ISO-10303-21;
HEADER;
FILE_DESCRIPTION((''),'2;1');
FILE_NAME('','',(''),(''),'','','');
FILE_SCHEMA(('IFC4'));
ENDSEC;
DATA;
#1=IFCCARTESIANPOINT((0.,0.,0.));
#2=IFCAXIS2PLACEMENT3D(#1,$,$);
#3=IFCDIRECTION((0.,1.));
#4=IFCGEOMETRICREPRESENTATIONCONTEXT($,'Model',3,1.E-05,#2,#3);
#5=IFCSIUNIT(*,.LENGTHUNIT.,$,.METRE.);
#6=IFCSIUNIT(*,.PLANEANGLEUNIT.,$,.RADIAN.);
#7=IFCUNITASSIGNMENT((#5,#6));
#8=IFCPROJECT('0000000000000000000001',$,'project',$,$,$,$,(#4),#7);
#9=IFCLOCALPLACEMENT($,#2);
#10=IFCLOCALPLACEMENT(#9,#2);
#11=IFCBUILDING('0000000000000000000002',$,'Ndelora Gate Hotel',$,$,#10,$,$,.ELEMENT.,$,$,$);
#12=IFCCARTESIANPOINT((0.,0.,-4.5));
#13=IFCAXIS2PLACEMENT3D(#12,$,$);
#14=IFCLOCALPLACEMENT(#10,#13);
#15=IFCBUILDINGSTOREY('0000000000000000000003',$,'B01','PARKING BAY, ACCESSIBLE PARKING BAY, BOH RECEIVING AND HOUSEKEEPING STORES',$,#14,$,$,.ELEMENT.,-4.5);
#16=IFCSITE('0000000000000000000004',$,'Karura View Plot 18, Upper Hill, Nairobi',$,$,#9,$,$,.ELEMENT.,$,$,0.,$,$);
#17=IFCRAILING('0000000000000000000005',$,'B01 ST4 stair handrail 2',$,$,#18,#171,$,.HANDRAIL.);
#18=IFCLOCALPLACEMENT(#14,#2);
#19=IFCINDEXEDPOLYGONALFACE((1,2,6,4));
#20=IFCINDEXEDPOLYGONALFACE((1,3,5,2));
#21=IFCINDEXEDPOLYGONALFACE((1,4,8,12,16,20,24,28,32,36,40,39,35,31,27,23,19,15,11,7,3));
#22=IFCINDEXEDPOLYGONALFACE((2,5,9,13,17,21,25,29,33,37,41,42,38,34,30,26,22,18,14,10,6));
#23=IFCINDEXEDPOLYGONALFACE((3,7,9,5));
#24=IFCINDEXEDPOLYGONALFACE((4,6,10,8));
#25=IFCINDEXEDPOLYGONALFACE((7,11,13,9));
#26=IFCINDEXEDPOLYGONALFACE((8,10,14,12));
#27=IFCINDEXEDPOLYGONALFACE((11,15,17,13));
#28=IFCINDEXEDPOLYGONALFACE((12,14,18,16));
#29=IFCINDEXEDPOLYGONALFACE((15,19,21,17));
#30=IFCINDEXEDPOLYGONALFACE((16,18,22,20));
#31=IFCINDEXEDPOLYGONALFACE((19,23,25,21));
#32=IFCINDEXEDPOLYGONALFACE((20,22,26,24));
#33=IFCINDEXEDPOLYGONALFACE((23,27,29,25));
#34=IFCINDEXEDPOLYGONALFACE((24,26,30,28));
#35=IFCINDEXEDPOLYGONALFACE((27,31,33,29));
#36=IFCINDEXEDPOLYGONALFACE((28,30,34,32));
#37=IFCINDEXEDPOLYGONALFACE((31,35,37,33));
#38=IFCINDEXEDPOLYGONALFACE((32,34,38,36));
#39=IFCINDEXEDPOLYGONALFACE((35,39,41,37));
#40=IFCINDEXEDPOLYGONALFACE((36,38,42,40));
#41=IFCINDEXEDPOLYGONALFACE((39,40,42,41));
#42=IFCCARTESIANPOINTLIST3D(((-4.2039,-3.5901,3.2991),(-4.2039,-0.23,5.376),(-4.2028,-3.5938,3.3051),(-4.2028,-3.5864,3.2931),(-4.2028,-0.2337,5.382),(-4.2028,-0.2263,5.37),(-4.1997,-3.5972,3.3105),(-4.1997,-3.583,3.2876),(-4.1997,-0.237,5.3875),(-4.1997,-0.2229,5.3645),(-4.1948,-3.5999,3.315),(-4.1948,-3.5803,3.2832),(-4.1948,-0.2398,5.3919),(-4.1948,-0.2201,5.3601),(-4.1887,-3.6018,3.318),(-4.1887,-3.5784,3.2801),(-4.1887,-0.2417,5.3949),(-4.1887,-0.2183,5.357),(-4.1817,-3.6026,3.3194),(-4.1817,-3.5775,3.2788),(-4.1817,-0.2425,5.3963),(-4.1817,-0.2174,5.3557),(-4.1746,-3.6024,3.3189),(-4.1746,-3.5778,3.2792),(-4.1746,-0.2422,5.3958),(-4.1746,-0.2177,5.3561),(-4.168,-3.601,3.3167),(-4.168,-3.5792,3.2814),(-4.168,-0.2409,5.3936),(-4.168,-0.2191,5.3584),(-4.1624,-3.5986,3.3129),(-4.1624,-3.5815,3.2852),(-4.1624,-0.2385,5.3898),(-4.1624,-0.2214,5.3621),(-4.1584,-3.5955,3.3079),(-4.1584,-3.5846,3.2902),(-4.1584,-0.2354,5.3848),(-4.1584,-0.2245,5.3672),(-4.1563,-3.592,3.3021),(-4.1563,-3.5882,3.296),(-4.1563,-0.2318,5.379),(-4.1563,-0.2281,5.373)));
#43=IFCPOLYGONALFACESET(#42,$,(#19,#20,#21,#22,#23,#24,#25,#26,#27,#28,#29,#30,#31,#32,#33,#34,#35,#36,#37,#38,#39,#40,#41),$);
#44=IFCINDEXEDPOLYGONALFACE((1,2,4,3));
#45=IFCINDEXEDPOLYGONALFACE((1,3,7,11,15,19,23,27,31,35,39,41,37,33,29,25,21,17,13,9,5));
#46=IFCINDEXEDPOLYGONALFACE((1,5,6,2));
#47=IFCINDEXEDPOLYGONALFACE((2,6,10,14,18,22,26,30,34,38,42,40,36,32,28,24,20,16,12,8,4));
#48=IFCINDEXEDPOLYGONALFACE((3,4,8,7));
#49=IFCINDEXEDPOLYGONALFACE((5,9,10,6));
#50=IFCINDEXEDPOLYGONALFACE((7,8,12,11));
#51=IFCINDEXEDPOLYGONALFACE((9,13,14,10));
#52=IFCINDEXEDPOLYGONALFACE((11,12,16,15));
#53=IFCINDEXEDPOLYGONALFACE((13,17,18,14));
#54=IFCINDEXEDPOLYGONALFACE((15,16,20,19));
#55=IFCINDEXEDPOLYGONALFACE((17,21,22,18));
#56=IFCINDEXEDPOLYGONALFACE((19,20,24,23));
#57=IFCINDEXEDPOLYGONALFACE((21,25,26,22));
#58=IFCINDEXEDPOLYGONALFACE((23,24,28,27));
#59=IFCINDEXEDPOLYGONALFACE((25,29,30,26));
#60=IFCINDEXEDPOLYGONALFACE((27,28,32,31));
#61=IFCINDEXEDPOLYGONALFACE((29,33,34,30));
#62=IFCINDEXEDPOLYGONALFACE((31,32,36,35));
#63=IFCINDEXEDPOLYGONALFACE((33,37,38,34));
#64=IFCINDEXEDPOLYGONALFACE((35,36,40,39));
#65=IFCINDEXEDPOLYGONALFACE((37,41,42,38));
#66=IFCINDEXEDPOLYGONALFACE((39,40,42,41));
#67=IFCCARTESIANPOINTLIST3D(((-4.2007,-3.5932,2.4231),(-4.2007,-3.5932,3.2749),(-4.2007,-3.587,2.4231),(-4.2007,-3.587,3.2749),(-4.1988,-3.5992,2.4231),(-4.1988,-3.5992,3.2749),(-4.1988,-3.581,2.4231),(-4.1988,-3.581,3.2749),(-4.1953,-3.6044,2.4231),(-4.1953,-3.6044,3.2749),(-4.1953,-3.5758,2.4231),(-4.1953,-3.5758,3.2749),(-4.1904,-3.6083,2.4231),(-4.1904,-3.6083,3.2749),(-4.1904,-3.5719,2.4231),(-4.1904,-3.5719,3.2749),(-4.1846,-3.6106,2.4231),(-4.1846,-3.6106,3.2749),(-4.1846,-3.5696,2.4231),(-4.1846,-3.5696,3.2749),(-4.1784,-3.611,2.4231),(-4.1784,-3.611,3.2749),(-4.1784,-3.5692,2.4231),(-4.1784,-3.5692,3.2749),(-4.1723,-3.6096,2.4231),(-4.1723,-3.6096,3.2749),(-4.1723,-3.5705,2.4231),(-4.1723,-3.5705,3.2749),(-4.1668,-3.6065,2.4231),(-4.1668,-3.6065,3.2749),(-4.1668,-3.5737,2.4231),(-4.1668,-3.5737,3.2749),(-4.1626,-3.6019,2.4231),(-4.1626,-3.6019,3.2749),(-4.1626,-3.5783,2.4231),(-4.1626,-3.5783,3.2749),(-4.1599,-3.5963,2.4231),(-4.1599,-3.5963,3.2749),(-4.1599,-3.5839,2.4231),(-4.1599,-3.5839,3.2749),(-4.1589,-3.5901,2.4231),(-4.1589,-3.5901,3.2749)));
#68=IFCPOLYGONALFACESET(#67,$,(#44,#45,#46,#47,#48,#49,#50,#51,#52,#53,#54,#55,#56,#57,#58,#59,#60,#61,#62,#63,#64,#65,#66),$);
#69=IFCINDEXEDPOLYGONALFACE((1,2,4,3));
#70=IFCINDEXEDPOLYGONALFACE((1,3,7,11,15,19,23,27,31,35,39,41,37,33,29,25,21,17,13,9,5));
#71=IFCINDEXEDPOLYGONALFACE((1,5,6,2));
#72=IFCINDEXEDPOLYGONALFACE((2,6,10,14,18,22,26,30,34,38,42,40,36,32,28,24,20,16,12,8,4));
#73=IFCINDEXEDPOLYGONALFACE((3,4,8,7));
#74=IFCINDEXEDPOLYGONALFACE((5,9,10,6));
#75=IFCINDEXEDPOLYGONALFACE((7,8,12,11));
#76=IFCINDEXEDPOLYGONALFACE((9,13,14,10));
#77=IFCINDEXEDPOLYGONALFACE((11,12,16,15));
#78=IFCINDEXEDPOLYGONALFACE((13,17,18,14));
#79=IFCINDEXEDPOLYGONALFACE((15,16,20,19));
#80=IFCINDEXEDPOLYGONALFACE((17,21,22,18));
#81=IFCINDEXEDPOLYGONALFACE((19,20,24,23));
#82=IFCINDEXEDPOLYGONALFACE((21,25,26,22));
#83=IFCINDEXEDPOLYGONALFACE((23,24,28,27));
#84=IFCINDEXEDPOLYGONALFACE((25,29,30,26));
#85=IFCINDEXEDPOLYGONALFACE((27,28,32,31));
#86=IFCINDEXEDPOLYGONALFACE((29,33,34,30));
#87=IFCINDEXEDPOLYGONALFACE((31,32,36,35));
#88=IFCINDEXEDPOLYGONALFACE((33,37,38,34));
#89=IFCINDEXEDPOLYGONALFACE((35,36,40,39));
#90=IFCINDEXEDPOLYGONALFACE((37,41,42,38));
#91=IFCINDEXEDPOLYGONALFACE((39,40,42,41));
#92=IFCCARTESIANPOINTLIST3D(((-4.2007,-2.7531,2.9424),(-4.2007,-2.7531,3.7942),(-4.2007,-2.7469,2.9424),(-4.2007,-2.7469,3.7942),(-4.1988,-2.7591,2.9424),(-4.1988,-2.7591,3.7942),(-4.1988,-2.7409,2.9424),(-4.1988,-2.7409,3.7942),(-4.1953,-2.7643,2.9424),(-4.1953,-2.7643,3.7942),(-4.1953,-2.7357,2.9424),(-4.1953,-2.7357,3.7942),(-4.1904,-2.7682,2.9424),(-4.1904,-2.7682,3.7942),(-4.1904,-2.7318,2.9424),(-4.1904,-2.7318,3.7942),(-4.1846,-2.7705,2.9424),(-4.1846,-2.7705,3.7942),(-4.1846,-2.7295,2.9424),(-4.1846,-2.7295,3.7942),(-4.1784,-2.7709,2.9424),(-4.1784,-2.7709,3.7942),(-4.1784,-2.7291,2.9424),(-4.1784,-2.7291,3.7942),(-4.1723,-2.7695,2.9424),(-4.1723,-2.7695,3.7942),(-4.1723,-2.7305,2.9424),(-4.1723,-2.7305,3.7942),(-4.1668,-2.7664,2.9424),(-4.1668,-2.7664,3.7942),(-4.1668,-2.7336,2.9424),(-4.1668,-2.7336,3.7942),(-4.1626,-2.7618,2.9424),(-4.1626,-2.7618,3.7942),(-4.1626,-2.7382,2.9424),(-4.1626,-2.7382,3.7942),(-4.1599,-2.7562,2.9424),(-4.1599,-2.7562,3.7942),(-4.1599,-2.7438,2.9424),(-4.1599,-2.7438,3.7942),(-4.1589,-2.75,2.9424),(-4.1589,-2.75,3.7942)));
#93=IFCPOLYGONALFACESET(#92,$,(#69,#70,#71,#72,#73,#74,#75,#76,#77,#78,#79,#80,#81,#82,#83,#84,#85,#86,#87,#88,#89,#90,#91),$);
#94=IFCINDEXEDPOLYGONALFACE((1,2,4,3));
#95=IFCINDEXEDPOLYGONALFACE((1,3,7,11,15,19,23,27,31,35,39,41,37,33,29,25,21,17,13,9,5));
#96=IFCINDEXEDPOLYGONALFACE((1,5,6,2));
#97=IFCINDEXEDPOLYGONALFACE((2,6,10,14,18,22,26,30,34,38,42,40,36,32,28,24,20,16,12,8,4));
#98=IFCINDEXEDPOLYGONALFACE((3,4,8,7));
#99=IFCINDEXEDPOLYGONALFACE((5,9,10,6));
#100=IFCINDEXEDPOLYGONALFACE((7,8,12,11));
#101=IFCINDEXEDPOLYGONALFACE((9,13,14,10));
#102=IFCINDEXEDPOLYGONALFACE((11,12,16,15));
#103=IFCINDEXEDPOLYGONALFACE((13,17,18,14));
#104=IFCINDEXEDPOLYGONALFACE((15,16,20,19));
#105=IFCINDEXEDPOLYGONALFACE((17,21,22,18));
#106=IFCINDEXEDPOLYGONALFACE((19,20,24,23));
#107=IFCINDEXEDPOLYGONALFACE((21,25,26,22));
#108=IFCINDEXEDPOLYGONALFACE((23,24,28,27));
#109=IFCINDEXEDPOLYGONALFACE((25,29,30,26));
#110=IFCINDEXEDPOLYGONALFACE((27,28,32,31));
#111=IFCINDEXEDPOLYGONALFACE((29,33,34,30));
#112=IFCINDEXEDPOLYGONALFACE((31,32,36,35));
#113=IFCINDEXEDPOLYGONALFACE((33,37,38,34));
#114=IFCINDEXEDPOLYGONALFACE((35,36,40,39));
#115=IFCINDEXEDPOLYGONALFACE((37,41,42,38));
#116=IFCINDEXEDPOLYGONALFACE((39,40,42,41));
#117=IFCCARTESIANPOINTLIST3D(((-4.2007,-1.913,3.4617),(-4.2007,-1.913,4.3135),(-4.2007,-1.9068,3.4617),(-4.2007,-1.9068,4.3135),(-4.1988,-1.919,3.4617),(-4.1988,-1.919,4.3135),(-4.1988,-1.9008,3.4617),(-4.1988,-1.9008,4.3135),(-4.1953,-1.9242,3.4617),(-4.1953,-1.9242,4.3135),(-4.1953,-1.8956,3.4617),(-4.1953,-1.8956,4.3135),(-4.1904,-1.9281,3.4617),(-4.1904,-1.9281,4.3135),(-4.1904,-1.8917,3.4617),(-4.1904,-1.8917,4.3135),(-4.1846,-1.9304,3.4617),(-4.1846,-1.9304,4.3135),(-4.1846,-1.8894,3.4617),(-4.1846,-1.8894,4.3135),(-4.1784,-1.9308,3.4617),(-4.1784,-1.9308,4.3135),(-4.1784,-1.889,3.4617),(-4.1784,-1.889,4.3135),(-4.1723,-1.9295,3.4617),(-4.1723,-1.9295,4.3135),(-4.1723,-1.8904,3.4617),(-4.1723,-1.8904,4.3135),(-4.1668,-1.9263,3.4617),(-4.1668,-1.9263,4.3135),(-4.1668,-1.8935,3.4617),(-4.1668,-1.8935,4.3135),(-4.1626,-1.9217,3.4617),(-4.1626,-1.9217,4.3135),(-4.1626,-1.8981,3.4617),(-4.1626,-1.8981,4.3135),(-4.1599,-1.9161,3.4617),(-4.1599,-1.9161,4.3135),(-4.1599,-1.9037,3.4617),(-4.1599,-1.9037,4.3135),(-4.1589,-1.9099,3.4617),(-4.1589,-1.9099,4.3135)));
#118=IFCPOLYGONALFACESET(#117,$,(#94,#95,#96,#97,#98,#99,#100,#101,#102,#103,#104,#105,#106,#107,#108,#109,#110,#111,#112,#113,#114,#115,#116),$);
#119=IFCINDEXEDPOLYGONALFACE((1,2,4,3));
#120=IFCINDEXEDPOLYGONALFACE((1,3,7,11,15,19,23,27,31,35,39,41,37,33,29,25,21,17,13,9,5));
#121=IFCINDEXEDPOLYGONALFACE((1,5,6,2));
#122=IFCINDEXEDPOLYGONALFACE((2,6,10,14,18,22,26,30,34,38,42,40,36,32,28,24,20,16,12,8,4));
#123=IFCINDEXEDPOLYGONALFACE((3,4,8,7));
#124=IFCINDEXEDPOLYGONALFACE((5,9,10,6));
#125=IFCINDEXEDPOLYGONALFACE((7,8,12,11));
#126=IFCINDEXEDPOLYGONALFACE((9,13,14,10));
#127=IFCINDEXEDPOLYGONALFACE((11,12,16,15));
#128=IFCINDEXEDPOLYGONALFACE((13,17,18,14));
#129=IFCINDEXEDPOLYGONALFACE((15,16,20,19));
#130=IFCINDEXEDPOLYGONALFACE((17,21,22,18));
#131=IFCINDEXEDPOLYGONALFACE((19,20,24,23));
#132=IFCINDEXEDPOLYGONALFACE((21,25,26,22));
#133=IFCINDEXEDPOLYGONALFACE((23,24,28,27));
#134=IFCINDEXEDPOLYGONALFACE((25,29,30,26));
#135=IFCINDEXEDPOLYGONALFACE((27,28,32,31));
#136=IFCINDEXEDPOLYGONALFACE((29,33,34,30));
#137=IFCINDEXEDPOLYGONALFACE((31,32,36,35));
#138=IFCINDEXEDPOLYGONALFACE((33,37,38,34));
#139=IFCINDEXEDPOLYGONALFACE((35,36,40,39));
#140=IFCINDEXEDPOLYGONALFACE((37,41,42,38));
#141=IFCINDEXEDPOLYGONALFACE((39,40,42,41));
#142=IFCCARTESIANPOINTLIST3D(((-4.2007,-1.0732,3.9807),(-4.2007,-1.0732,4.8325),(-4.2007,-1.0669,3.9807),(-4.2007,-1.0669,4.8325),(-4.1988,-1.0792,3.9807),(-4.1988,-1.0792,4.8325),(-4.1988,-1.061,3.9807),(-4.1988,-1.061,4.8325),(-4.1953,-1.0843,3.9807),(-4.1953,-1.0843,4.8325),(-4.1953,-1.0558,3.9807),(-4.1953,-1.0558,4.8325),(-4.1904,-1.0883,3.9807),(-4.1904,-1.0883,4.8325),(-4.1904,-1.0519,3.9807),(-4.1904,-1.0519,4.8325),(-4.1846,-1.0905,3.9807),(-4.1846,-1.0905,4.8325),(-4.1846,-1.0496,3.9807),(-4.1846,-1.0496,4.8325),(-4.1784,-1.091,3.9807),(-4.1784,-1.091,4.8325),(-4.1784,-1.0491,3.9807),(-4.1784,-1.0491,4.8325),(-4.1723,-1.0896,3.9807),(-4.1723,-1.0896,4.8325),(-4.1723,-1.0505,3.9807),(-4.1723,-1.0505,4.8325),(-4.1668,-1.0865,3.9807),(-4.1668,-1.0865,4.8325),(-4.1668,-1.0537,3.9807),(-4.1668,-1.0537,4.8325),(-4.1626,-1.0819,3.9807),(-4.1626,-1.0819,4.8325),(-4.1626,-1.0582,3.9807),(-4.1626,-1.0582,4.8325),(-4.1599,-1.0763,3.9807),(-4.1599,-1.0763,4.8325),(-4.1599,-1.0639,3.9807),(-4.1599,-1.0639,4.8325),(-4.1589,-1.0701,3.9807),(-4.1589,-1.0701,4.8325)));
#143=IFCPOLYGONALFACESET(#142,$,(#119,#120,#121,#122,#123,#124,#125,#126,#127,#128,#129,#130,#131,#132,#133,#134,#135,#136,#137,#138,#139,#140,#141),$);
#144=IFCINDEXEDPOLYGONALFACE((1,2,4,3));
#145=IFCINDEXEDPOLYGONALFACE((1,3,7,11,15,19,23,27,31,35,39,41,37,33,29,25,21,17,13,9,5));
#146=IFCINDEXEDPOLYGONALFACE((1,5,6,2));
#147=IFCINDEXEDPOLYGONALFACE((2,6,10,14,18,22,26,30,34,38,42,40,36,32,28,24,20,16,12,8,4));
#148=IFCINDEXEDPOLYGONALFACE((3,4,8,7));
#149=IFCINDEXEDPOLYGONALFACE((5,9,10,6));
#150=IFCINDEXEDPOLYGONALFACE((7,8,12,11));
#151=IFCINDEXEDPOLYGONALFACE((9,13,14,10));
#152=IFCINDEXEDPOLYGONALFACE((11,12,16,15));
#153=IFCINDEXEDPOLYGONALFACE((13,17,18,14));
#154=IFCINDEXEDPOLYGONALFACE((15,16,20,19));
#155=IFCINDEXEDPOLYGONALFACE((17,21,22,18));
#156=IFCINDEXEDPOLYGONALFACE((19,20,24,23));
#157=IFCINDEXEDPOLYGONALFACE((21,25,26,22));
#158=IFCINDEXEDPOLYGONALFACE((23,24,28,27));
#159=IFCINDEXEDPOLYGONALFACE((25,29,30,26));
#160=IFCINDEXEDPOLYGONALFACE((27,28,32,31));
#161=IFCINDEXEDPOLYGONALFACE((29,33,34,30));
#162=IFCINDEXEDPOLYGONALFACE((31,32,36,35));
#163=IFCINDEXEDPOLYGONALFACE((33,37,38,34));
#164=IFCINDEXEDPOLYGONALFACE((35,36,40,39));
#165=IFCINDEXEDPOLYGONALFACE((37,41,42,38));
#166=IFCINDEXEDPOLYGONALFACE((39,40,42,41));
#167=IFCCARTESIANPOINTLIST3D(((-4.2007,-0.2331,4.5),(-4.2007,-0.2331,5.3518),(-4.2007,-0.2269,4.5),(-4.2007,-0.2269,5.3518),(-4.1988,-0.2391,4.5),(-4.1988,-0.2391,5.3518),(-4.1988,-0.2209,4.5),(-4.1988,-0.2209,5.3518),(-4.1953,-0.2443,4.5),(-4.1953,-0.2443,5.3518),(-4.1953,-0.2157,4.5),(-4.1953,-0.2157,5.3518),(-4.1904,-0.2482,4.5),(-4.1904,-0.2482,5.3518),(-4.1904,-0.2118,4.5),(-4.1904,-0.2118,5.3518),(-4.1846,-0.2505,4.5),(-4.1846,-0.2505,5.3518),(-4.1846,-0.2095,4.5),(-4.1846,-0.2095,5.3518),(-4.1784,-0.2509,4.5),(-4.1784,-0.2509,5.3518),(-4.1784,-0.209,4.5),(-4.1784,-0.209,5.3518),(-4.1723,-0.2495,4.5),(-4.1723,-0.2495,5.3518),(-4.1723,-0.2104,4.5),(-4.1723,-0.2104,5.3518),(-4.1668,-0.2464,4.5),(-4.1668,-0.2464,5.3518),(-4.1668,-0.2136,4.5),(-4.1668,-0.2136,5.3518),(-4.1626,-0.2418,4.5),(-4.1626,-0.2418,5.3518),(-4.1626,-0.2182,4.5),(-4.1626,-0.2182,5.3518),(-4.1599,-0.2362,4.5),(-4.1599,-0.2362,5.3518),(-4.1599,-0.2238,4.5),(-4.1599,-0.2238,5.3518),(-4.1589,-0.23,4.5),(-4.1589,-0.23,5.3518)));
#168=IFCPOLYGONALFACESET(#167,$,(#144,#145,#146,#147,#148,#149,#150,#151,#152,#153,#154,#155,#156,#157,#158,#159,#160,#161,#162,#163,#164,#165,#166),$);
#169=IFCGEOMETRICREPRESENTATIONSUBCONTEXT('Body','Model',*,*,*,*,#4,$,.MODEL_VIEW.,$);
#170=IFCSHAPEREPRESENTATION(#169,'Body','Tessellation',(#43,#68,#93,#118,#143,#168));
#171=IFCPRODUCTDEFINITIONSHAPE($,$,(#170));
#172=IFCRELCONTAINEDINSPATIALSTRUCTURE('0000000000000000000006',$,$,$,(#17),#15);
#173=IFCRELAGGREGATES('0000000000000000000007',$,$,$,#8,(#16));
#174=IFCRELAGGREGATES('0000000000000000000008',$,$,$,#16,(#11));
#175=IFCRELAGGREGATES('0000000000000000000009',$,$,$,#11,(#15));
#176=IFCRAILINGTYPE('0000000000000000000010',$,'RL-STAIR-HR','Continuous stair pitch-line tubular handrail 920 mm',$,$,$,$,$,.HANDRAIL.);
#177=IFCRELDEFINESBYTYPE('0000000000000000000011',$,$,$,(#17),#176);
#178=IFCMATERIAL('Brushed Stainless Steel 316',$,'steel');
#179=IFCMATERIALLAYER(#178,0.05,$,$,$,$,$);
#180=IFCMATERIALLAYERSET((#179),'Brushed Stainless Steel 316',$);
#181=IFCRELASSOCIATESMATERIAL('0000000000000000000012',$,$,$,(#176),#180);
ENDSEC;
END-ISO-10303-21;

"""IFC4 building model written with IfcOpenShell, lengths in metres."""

from ifc_helpers import new_model, si_unit, direction, frame, origin, origin_2d, place, context, subcontext, project, spatial, circle, extrude, material, layer, layer_set, type_object, element, save


model = new_model("IFC4")

# Units and contexts
model_context = context("Model", 3, precision=1e-05, world=origin(), true_north=direction((0.0, 1.0)))
body_context = subcontext(model_context, "Body", "Model", "MODEL_VIEW")
ifc_project = project(units=[si_unit("LENGTHUNIT", "METRE"), si_unit("PLANEANGLEUNIT", "RADIAN")], contexts=[model_context])

# Site, building, storey
site_placement = place(None, origin())
site = spatial("IfcSite", under=ifc_project, at=site_placement, Name="Karura View Plot 18, Upper Hill, Nairobi", CompositionType="ELEMENT", RefElevation=0.0)
building_placement = place(site_placement, origin())
building = spatial("IfcBuilding", under=site, at=building_placement, Name="Ndelora Gate Hotel", CompositionType="ELEMENT")
storey_placement = place(building_placement, frame((0.0, 0.0, -4.5)))
storey = spatial("IfcBuildingStorey", under=building, at=storey_placement, Name="B01", Description="PARKING BAY, ACCESSIBLE PARKING BAY, BOH RECEIVING AND HOUSEKEEPING STORES", CompositionType="ELEMENT", Elevation=-4.5)

# Railing
ifc_material_1 = material(Name="Brushed Stainless Steel 316", Category="steel")
ifc_layer_1 = layer(ifc_material_1, 0.05)
ifc_layer_set_1 = layer_set([ifc_layer_1], Name="Brushed Stainless Steel 316")
railing_type_1 = type_object("IfcRailingType", Name="RL-STAIR-HR", Description="Continuous stair pitch-line tubular handrail 920 mm", PredefinedType="HANDRAIL", material=ifc_layer_set_1)
railing_1_placement = place(storey_placement, frame((-4.1799, -3.5901, 2.4231)))
element("IfcRailing", 1, at=railing_1_placement, inside=storey, type_object=railing_type_1, Name="B01 ST4 stair handrail 2", PredefinedType="HANDRAIL", context=body_context, shape_type="SweptSolid", body=[
    extrude(circle(Radius=0.0239, at=origin_2d()), frame((0.0, 0.0, 0.876), z_axis=(0.0, 0.850623, 0.525776), x_axis=(-1.0, 0.0, 0.0)), (0.0, 0.0, 1.0), 3.9502),
    extrude(circle(Radius=0.021, at=origin_2d()), origin(), (0.0, 0.0, 1.0), 0.8518),
    extrude(circle(Radius=0.021, at=origin_2d()), frame((0.0, 0.8401, 0.5193)), (0.0, 0.0, 1.0), 0.8518),
    extrude(circle(Radius=0.021, at=origin_2d()), frame((0.0, 1.6802, 1.0386)), (0.0, 0.0, 1.0), 0.8518),
    extrude(circle(Radius=0.021, at=origin_2d()), frame((0.0, 2.52, 1.5576)), (0.0, 0.0, 1.0), 0.8518),
    extrude(circle(Radius=0.021, at=origin_2d()), frame((0.0, 3.3601, 2.0769)), (0.0, 0.0, 1.0), 0.8518),
])

save(model, "model.ifc")
